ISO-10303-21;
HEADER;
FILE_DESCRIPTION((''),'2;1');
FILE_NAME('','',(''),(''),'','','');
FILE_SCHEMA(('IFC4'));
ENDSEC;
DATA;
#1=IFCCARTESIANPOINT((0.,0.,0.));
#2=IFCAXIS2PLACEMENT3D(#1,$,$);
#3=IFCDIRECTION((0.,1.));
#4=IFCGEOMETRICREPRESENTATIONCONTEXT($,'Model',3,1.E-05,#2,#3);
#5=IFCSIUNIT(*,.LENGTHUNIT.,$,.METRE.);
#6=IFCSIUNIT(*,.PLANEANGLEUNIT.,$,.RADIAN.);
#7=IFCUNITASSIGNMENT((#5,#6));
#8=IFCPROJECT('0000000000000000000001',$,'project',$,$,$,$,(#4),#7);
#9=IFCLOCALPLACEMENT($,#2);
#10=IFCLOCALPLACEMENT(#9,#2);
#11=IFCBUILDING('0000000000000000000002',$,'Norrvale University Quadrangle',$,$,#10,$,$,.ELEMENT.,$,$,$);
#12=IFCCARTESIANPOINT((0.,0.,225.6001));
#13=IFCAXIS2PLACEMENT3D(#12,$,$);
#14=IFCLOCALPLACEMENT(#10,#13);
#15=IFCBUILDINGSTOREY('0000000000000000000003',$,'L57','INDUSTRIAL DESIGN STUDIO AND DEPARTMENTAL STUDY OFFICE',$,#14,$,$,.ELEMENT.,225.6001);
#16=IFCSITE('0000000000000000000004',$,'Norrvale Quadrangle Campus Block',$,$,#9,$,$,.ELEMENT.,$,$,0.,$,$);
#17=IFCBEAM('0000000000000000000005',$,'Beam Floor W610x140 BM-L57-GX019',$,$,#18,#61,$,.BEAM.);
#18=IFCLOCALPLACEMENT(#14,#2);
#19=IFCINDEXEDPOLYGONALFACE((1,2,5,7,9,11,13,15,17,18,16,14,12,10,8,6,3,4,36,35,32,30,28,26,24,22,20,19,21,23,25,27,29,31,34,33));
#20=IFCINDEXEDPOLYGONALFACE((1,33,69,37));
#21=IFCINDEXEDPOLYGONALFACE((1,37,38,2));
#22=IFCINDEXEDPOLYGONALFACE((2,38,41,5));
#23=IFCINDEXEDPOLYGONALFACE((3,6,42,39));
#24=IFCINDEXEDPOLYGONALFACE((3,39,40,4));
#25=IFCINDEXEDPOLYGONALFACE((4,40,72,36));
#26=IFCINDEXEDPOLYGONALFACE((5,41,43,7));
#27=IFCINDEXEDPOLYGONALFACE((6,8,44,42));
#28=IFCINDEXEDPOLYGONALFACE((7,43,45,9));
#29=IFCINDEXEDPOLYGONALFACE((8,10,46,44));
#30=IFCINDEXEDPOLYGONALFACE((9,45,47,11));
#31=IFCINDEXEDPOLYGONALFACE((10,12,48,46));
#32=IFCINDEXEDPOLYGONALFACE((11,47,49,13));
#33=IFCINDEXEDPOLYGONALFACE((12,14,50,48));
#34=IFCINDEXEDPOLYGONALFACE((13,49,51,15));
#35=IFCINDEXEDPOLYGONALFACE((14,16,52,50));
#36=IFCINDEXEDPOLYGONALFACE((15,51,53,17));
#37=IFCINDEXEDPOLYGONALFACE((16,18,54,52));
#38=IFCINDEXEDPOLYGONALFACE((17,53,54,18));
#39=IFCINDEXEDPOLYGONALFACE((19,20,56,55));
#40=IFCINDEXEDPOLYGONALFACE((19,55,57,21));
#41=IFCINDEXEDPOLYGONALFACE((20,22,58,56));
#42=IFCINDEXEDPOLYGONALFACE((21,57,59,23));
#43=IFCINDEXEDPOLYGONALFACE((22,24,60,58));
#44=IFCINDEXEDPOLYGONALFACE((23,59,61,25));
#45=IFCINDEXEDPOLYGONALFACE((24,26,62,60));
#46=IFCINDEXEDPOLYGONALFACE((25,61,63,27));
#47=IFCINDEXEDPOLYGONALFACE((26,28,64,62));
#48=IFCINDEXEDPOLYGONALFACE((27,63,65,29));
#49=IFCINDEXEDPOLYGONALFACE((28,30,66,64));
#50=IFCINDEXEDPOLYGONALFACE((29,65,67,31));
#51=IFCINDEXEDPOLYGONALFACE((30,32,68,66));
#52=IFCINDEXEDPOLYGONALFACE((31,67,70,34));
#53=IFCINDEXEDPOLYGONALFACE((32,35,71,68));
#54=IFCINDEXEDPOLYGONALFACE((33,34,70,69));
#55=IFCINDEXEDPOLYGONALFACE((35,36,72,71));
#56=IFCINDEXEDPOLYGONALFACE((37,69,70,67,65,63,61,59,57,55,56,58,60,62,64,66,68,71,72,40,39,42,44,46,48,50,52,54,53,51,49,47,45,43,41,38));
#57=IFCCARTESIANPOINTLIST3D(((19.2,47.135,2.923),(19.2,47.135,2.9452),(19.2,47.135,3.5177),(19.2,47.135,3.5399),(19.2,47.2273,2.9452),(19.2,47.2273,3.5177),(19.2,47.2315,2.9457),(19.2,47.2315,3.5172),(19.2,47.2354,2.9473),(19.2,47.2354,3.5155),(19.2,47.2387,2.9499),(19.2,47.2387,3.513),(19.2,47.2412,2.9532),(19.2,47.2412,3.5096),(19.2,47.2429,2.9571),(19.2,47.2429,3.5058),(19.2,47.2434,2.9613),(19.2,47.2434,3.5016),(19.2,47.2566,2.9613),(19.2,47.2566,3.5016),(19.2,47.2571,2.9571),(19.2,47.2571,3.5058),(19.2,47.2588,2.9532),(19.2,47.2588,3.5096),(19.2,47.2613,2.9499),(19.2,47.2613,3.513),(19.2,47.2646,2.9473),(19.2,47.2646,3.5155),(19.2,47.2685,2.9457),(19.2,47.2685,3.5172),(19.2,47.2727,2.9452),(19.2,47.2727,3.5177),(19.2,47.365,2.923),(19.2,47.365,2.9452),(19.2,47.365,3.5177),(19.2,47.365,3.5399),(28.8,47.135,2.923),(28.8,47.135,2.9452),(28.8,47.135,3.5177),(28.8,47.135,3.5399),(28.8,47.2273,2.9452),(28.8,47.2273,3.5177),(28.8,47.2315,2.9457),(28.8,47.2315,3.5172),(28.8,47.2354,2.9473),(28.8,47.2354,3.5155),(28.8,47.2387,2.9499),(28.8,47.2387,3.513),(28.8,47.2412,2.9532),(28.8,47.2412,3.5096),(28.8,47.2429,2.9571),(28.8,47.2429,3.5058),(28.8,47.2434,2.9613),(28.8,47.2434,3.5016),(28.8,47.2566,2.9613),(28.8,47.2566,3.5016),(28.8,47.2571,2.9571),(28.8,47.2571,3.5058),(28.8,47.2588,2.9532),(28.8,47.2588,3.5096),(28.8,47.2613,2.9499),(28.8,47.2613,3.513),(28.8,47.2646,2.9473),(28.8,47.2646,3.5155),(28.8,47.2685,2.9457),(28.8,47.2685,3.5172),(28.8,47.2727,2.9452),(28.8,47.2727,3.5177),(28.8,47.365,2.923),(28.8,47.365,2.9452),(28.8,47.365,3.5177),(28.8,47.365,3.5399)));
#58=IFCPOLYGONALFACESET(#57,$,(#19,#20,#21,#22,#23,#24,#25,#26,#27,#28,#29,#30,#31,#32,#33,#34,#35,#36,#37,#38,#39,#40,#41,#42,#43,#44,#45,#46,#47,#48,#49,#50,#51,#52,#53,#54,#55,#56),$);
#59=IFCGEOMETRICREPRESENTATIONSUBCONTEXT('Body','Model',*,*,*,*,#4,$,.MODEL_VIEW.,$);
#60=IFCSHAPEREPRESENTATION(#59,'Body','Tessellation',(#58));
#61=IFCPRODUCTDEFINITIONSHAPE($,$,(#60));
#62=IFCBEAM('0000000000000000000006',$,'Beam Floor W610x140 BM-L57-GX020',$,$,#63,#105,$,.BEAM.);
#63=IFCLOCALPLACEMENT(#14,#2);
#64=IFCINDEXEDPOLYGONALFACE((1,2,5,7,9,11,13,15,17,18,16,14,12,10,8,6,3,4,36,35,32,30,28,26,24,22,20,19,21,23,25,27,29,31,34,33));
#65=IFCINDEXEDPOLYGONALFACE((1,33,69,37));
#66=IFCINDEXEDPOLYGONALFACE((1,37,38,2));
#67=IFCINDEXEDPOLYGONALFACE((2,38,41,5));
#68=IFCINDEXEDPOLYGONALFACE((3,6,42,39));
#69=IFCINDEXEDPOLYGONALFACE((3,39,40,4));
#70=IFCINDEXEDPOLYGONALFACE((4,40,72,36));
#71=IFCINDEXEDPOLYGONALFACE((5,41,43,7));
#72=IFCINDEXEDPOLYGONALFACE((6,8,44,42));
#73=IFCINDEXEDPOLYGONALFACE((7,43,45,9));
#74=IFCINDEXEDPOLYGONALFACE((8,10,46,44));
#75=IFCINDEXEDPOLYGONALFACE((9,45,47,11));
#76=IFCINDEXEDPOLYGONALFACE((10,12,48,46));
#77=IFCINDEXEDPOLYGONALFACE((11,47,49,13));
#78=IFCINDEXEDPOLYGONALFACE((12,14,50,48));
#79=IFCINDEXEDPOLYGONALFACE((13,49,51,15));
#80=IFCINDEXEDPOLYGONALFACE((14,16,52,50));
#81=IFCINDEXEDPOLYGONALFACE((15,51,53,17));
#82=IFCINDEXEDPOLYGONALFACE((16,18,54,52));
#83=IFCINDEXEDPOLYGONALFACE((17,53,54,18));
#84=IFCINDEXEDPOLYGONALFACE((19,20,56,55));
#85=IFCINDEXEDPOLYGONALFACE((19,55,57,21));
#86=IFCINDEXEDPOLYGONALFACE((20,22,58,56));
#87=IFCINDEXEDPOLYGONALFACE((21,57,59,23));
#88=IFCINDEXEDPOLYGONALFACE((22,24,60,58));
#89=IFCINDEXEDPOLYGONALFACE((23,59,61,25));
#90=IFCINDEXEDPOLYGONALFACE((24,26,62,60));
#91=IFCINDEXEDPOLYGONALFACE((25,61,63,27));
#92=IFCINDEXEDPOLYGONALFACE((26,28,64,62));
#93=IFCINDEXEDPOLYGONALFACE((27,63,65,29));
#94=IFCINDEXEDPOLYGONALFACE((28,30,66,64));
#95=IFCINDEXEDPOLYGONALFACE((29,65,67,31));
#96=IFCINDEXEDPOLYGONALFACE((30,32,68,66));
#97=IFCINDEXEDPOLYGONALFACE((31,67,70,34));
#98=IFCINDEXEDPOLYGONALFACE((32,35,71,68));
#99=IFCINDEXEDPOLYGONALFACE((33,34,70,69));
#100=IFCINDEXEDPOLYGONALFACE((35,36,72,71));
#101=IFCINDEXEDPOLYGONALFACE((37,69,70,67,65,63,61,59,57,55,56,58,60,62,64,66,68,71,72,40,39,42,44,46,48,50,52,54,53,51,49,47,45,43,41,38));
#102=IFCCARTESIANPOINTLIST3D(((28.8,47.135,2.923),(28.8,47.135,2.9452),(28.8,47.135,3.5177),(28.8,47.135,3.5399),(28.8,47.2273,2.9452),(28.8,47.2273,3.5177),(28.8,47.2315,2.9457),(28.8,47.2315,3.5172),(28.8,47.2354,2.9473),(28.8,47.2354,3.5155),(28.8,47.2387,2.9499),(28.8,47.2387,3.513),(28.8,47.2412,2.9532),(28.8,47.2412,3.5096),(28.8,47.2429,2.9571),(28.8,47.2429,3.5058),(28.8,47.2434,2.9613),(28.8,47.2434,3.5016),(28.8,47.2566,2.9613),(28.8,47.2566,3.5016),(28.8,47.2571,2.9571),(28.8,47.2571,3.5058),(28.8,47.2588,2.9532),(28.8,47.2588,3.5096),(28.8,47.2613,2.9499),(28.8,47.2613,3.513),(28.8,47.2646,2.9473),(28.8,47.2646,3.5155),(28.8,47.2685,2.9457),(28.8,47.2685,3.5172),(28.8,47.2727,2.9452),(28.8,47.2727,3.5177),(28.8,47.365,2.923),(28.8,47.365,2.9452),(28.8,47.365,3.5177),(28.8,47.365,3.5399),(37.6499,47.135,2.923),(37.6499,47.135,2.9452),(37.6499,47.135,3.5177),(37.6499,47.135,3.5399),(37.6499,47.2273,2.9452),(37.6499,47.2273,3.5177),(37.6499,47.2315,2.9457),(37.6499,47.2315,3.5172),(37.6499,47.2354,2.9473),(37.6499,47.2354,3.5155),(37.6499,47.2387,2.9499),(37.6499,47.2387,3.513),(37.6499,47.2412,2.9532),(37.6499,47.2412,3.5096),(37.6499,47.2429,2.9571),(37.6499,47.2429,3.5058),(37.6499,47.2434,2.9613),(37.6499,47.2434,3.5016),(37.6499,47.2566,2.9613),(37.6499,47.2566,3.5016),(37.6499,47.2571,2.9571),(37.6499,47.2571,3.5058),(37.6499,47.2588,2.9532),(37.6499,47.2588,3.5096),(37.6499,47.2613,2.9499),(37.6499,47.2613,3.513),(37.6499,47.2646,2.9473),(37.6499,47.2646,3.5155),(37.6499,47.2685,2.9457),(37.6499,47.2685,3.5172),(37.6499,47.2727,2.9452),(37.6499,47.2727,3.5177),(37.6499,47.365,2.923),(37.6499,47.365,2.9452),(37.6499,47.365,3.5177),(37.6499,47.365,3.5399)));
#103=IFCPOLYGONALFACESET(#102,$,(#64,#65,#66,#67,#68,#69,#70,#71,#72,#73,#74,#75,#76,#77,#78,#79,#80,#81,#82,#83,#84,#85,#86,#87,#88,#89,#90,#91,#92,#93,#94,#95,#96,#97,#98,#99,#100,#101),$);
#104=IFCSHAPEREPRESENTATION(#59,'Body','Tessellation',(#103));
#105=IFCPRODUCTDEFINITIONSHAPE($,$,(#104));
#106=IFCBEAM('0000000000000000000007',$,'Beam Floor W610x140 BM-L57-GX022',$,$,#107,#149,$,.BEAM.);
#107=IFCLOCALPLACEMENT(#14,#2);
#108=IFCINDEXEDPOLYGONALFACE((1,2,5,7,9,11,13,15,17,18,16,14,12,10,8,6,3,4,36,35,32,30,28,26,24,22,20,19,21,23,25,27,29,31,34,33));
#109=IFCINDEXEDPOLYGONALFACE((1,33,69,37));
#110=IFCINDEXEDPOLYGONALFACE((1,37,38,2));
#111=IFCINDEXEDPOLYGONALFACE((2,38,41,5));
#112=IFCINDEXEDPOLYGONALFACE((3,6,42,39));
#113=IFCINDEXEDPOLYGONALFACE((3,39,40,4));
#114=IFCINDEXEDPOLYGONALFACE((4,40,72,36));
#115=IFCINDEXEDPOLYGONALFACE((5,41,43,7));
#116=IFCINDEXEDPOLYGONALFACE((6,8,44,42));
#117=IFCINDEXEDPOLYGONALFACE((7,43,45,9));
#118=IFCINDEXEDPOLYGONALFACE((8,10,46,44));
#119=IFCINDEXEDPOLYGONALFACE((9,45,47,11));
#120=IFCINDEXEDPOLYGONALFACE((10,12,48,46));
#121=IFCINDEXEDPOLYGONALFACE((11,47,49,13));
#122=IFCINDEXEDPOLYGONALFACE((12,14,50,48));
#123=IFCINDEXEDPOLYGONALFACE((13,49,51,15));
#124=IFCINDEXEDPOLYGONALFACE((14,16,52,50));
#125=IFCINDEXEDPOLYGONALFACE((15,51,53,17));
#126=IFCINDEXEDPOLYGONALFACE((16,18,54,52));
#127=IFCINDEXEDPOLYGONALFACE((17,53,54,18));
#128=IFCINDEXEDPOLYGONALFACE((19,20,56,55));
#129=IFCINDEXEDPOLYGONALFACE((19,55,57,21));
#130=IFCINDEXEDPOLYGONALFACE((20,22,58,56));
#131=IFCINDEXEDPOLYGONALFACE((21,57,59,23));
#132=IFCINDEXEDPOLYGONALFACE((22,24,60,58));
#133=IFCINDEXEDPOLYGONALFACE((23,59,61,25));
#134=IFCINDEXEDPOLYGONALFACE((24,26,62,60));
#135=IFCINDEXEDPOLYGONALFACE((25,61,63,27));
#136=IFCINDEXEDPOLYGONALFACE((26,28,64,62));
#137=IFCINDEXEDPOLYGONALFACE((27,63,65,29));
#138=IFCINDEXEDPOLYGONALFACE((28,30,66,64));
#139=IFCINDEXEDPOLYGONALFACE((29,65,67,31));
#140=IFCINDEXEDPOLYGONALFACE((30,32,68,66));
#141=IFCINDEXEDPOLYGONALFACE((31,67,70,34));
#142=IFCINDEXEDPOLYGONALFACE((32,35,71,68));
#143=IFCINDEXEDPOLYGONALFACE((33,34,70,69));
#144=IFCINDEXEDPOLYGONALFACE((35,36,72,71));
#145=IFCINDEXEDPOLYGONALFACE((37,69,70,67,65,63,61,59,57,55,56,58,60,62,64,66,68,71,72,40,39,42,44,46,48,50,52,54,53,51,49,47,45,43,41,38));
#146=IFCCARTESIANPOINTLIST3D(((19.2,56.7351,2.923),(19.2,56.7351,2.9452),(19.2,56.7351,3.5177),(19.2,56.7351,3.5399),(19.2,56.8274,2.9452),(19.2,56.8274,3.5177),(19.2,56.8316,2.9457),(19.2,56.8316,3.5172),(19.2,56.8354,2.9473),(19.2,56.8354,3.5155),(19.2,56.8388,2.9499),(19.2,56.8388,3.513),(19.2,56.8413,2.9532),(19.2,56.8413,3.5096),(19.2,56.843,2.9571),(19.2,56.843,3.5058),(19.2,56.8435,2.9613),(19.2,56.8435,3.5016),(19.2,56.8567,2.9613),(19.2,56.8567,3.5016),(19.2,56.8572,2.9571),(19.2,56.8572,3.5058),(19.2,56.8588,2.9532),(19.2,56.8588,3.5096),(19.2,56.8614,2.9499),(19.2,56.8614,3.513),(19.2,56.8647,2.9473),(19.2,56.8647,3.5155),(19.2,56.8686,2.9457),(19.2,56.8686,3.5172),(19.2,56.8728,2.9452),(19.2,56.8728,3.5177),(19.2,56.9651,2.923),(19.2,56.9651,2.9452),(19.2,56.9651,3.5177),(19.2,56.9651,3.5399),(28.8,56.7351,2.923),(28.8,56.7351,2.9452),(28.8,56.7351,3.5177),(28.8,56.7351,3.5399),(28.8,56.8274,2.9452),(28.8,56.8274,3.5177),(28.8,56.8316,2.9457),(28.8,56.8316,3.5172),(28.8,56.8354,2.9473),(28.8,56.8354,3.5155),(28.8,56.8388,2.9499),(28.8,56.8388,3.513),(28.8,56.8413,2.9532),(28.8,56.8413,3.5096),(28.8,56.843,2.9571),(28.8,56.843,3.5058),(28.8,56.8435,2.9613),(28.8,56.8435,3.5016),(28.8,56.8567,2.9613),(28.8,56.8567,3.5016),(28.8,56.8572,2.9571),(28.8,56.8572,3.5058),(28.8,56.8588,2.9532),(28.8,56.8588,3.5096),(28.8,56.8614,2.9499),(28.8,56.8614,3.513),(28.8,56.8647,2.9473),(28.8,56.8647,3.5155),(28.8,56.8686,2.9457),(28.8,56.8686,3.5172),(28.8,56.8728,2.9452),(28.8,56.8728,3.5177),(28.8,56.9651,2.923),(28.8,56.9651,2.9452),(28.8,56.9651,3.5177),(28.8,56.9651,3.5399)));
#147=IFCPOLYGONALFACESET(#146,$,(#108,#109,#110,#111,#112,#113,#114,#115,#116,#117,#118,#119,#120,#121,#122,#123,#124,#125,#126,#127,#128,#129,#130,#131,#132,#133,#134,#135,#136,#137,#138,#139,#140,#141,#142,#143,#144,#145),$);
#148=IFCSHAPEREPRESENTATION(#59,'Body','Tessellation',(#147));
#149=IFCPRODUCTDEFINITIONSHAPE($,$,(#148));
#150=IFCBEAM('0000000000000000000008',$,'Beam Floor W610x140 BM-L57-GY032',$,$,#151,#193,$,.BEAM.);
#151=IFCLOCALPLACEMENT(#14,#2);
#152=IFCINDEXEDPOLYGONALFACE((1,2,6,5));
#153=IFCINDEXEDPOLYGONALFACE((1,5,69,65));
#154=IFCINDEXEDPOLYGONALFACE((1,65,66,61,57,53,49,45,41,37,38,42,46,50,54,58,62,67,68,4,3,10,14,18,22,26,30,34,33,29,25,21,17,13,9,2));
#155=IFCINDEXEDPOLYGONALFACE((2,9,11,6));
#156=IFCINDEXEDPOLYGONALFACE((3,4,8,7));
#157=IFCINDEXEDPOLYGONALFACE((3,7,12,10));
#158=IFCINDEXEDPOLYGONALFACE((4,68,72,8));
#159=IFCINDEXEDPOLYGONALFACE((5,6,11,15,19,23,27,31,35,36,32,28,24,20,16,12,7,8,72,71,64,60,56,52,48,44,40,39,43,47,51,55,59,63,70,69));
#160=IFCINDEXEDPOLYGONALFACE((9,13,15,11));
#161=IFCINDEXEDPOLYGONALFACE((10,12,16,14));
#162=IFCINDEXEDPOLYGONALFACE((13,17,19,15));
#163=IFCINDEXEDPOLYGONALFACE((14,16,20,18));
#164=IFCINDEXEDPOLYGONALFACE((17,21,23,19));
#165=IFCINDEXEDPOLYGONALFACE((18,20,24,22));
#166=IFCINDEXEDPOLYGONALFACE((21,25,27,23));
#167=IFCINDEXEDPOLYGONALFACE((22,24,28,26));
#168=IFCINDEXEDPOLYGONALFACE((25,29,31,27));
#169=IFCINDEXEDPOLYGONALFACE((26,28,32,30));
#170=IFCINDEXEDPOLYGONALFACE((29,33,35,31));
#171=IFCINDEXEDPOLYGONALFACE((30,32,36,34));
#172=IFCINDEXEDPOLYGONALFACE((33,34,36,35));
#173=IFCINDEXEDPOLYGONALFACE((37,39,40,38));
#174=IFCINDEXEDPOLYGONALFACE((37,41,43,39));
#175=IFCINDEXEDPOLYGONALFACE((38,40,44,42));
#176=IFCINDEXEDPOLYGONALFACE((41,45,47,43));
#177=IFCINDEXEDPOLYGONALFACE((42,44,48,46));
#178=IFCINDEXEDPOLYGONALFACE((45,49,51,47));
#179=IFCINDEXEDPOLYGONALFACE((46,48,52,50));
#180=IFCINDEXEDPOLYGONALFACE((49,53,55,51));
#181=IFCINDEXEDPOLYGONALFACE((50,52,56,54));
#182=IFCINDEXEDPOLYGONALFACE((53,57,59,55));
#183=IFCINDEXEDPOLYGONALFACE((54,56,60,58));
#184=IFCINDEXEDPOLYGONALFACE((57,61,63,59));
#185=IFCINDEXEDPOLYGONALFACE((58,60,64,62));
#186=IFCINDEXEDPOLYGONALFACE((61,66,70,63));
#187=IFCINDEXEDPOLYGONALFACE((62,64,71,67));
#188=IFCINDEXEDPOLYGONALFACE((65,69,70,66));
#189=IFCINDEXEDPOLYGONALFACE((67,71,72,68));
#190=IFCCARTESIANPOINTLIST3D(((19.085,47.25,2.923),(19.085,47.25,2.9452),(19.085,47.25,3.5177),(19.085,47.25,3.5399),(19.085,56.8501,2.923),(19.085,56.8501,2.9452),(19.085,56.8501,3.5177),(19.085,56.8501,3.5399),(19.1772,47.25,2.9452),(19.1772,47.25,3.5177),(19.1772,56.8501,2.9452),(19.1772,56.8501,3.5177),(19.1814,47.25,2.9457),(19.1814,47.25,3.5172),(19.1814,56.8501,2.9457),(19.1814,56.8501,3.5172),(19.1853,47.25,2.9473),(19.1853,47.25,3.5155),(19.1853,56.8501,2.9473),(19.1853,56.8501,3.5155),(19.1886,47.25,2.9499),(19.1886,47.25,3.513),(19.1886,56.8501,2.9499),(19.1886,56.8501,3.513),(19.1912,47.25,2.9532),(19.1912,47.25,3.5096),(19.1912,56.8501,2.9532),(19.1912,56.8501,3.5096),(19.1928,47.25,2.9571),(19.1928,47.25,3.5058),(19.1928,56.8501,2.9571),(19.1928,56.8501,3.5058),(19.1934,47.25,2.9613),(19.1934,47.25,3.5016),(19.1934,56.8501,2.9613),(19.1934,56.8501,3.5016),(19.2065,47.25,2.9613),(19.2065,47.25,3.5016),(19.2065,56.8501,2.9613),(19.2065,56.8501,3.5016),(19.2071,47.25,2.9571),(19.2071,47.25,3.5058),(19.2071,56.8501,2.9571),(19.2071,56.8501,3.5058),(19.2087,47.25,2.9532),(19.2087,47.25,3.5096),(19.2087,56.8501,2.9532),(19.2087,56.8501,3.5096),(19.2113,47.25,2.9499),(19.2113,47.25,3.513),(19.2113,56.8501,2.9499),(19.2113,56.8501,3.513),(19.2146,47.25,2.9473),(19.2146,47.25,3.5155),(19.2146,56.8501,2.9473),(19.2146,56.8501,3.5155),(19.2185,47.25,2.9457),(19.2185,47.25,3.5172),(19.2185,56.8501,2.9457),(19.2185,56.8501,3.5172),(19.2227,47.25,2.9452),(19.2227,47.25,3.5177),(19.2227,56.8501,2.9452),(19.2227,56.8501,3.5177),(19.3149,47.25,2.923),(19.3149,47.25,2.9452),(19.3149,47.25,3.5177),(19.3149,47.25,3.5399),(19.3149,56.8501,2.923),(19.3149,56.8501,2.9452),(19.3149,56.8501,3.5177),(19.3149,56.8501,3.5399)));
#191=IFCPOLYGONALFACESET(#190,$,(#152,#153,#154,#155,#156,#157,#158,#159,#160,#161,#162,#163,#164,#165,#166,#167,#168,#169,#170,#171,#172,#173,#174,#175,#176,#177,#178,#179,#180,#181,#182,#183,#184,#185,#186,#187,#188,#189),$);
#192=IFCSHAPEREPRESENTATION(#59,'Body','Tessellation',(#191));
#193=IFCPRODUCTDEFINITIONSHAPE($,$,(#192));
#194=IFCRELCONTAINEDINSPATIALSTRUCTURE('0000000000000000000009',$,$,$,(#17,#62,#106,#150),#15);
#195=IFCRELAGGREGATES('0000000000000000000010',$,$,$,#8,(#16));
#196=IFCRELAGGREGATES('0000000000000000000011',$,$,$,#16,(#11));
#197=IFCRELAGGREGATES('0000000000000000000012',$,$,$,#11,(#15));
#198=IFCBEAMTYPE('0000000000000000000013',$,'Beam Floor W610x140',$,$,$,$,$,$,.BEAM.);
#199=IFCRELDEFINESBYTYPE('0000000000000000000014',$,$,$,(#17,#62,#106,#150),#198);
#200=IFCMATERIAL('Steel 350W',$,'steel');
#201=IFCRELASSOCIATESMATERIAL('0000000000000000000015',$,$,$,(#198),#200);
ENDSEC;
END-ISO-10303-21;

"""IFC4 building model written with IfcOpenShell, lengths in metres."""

from ifc_helpers import new_model, si_unit, direction, frame, origin, origin_2d, place, context, subcontext, project, spatial, i_section, extrude, material, material_profile, profile_set, type_object, element, save


model = new_model("IFC4")

# Units and contexts
model_context = context("Model", 3, precision=1e-05, world=origin(), true_north=direction((0.0, 1.0)))
body_context = subcontext(model_context, "Body", "Model", "MODEL_VIEW")
ifc_project = project(units=[si_unit("LENGTHUNIT", "METRE"), si_unit("PLANEANGLEUNIT", "RADIAN")], contexts=[model_context])

# Site, building, storey
site_placement = place(None, origin())
site = spatial("IfcSite", under=ifc_project, at=site_placement, Name="Norrvale Quadrangle Campus Block", CompositionType="ELEMENT", RefElevation=0.0)
building_placement = place(site_placement, origin())
building = spatial("IfcBuilding", under=site, at=building_placement, Name="Norrvale University Quadrangle", CompositionType="ELEMENT")
storey_placement = place(building_placement, frame((0.0, 0.0, 225.6001)))
storey = spatial("IfcBuildingStorey", under=building, at=storey_placement, Name="L57", Description="INDUSTRIAL DESIGN STUDIO AND DEPARTMENTAL STUDY OFFICE", CompositionType="ELEMENT", Elevation=225.6001)

# Beams
ifc_material_1 = material(Name="Steel 350W", Category="steel")
ifc_material_profile_1 = material_profile(ifc_material_1, i_section(OverallWidth=0.23, OverallDepth=0.6169, WebThickness=0.0132, FlangeThickness=0.0222, FilletRadius=0.0161, at=origin_2d()), Name="Steel 350W")
ifc_profile_set_1 = profile_set([ifc_material_profile_1], Name="Steel 350W")
beam_type_1 = type_object("IfcBeamType", Name="Beam Floor W610x140", PredefinedType="BEAM", material=ifc_profile_set_1)
beam_1_placement = place(storey_placement, frame((19.2, 47.25, 3.2314), z_axis=(1.0, 0.0, 0.0), x_axis=(0.0, 1.0, 0.0)))
element("IfcBeam", 1, at=beam_1_placement, inside=storey, type_object=beam_type_1, Name="Beam Floor W610x140 BM-L57-GX019", PredefinedType="BEAM", context=body_context, shape_type="SweptSolid", body=[
    extrude(i_section(OverallWidth=0.23, OverallDepth=0.6169, WebThickness=0.0132, FlangeThickness=0.0222, FilletRadius=0.0161, at=origin_2d()), origin(), (0.0, 0.0, 1.0), 9.6001),
])
beam_2_placement = place(storey_placement, frame((28.8, 47.25, 3.2314), z_axis=(1.0, 0.0, 0.0), x_axis=(0.0, 1.0, 0.0)))
element("IfcBeam", 2, at=beam_2_placement, inside=storey, type_object=beam_type_1, Name="Beam Floor W610x140 BM-L57-GX020", PredefinedType="BEAM", context=body_context, shape_type="SweptSolid", body=[
    extrude(i_section(OverallWidth=0.23, OverallDepth=0.6169, WebThickness=0.0132, FlangeThickness=0.0222, FilletRadius=0.0161, at=origin_2d()), origin(), (0.0, 0.0, 1.0), 8.8499),
])
for number, where, z_axis, x_axis, name in (
    (3, (19.2, 56.8501, 3.2314), (1.0, 0.0, 0.0), (0.0, 1.0, 0.0), "Beam Floor W610x140 BM-L57-GX022"),
    (4, (19.2, 47.25, 3.2314), (0.0, 1.0, 0.0), (-1.0, 0.0, 0.0), "Beam Floor W610x140 BM-L57-GY032"),
):
    element("IfcBeam", number, at=place(storey_placement, frame(where, z_axis=z_axis, x_axis=x_axis)), inside=storey, type_object=beam_type_1, Name=name, PredefinedType="BEAM", context=body_context, shape_type="SweptSolid", body=[
        extrude(i_section(OverallWidth=0.23, OverallDepth=0.6169, WebThickness=0.0132, FlangeThickness=0.0222, FilletRadius=0.0161, at=origin_2d()), origin(), (0.0, 0.0, 1.0), 9.6001),
    ])

save(model, "model.ifc")
